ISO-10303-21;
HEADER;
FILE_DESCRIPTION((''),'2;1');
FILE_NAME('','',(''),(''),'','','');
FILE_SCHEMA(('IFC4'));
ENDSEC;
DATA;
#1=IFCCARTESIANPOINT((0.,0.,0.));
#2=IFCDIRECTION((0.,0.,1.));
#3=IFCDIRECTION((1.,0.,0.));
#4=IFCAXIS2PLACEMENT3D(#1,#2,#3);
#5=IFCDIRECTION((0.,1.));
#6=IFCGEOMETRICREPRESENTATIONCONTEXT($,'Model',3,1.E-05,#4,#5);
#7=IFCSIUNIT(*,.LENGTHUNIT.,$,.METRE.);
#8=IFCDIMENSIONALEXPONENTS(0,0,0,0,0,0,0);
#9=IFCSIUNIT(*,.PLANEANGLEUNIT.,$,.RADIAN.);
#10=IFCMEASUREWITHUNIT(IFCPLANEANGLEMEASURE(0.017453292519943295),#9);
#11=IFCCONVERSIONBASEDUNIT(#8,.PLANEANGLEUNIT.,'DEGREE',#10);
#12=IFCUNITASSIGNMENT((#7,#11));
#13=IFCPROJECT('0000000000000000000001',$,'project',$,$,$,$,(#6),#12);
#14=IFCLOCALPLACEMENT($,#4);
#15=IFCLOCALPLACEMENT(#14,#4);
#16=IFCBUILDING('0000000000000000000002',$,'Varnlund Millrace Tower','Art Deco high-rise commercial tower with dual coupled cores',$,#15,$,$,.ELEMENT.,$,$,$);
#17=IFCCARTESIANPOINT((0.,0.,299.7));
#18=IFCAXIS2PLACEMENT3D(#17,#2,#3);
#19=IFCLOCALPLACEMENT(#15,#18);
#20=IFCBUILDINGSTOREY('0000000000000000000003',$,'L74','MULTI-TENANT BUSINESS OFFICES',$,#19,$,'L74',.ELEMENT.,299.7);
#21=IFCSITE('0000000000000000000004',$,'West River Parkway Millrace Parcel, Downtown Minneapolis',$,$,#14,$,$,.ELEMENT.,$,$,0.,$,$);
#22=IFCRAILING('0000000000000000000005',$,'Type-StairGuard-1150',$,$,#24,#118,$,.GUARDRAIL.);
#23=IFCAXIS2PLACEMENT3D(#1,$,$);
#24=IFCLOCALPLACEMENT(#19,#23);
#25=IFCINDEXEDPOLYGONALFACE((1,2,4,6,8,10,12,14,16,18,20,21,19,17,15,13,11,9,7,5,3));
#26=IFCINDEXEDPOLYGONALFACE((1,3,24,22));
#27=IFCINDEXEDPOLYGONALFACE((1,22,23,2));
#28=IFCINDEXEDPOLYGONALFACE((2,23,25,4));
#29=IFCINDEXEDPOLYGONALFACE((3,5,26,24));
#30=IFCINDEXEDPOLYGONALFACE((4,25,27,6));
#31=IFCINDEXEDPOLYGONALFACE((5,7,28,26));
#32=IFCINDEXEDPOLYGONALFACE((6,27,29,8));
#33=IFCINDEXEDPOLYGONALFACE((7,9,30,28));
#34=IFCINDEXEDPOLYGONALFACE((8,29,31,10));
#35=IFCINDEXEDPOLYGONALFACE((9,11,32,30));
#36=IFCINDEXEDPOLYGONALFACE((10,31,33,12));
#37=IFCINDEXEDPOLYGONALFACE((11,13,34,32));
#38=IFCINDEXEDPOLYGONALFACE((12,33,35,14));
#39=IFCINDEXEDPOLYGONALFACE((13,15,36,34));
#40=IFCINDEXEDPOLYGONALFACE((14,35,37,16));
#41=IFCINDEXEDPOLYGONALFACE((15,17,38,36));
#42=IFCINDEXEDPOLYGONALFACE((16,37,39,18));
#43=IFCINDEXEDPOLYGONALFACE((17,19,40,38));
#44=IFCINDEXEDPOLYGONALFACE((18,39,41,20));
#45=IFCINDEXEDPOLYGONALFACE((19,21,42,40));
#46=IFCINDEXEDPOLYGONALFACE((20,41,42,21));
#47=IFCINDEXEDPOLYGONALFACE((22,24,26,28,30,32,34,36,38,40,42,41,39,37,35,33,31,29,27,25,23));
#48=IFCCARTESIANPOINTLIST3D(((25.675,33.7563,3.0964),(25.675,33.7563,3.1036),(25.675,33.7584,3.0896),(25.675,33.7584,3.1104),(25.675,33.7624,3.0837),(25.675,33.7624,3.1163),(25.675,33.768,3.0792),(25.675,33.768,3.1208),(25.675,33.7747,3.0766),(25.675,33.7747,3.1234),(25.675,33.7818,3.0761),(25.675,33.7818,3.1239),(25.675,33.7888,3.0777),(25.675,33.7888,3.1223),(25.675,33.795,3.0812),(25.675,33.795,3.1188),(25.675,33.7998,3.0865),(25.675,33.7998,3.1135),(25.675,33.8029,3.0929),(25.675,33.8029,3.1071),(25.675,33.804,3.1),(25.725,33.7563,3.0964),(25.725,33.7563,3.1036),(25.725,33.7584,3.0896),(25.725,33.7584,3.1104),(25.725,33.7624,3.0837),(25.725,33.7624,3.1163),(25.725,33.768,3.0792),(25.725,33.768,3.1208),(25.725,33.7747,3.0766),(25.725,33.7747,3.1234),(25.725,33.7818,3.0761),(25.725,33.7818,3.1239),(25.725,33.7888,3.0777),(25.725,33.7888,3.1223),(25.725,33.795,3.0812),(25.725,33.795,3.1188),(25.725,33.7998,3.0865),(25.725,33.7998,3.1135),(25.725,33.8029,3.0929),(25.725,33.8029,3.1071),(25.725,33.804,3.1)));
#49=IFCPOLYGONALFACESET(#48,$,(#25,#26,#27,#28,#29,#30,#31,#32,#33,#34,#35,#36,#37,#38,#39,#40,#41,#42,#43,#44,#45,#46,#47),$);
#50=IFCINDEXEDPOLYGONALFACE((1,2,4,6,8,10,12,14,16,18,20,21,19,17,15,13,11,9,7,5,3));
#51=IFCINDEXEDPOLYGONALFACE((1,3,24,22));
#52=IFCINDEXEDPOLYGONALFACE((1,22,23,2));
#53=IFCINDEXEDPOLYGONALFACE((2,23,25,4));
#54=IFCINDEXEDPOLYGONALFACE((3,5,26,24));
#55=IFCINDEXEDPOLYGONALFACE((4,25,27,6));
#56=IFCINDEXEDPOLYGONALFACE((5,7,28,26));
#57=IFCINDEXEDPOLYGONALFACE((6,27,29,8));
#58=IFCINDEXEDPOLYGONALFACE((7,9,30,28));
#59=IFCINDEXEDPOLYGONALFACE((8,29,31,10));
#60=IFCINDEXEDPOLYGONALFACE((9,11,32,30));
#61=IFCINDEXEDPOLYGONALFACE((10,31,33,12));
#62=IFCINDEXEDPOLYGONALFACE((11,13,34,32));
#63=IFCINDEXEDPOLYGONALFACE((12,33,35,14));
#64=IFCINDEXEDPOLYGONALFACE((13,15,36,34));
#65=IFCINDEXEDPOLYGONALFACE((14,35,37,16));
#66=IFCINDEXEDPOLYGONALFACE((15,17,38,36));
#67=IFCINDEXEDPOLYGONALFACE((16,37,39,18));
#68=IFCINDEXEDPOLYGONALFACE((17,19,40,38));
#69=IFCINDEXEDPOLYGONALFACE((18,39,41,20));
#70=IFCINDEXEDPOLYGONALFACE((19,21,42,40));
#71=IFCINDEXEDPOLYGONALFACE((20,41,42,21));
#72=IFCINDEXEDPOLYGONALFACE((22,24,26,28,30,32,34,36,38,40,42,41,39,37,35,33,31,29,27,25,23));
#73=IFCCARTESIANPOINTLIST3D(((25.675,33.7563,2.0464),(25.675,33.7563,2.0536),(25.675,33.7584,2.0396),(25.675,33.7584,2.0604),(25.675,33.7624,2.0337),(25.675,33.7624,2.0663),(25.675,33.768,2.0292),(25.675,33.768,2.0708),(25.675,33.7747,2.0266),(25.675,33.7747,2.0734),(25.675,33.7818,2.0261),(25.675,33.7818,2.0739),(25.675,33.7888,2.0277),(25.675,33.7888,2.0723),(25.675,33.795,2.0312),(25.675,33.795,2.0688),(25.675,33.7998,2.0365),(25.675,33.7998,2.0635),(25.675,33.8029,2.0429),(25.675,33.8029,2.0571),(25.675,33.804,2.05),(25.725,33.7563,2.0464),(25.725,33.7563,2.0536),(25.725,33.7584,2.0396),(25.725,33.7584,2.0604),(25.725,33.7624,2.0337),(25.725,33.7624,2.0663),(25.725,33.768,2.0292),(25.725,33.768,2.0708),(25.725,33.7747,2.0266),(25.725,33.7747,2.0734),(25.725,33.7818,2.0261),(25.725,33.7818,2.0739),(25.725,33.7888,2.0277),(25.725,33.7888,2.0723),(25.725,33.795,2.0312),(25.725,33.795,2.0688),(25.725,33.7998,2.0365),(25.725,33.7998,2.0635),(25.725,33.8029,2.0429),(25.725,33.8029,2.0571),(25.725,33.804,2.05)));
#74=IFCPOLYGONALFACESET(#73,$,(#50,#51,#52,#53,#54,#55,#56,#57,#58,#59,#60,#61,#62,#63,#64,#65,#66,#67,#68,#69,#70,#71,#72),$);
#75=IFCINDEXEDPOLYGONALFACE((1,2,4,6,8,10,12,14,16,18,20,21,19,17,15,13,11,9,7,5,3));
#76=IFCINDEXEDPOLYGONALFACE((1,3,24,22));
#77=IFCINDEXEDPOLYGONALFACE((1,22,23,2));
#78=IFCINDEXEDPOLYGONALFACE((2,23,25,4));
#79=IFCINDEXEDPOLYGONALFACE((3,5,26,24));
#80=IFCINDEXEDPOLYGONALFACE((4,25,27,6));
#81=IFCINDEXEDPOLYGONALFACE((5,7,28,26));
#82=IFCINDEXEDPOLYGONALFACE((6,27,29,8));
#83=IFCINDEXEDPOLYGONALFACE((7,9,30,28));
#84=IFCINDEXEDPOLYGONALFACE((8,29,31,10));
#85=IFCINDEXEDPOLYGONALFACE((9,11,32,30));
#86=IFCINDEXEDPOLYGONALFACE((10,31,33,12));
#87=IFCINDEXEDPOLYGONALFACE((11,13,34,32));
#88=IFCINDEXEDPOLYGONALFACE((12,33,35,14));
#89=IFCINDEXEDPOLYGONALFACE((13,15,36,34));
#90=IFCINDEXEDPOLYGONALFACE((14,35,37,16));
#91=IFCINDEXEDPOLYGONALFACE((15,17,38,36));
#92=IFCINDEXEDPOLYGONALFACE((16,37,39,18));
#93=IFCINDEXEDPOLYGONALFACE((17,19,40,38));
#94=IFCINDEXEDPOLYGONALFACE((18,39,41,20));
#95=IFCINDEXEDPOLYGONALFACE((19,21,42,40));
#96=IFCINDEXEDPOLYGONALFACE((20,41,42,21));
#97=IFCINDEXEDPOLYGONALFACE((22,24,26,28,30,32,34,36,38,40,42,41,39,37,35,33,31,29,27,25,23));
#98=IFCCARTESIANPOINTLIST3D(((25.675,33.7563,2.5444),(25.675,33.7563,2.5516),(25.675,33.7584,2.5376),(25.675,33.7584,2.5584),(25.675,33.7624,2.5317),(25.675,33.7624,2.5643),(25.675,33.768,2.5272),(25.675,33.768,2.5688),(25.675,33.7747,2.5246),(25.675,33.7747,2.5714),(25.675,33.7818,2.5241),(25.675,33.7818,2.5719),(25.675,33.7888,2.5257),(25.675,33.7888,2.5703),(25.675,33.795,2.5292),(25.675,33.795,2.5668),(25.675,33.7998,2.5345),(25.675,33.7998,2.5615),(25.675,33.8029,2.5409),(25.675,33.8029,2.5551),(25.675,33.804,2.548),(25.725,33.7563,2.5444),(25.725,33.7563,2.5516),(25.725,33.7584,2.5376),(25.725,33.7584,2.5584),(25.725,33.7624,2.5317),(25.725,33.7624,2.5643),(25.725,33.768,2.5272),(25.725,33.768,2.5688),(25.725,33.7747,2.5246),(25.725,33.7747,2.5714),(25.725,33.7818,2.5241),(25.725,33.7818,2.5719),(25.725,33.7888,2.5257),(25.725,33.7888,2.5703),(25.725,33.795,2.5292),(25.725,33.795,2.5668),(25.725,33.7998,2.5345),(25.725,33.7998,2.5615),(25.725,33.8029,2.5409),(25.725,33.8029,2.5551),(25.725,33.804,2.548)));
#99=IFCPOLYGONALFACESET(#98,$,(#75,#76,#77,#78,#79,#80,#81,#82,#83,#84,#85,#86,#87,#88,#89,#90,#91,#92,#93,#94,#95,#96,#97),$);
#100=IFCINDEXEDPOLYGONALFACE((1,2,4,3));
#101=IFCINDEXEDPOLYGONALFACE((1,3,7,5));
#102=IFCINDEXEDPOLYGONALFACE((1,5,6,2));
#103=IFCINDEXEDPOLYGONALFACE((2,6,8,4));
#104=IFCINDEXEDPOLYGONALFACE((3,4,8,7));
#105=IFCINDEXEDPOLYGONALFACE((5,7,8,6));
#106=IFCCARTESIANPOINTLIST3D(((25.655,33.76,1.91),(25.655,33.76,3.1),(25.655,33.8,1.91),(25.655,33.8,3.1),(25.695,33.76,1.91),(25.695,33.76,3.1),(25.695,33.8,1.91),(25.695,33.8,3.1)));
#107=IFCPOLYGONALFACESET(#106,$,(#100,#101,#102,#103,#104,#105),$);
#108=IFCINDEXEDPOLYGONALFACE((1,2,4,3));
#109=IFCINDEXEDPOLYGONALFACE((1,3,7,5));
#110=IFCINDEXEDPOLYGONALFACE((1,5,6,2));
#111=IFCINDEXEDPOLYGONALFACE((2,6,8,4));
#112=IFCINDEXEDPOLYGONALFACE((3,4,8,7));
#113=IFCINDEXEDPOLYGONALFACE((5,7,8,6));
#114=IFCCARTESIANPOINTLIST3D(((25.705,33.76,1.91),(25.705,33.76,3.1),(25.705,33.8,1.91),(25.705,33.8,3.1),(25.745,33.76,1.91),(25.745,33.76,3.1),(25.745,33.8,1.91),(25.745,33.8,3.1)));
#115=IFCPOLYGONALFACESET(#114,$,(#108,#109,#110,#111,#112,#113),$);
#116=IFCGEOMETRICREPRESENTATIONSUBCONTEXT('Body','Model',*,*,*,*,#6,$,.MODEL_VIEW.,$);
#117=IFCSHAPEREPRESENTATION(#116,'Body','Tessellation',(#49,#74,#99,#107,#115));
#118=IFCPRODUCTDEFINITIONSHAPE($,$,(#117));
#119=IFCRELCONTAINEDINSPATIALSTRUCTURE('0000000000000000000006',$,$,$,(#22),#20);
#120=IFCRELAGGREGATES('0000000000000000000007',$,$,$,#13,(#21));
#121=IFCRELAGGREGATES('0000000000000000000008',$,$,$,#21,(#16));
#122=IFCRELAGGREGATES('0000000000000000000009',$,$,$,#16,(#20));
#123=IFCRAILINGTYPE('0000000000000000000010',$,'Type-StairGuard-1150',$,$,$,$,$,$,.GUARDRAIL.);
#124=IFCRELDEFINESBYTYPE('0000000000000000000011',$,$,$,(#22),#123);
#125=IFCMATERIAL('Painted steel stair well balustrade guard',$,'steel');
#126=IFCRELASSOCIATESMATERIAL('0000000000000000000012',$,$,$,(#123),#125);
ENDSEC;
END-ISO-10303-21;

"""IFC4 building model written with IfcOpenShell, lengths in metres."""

from ifc_helpers import new_model, entity, si_unit, converted_unit, direction, frame, origin_with_axes, origin_2d_with_axis, place, context, subcontext, project, spatial, rectangle, circle, extrude, material, type_object, element, save


model = new_model("IFC4")

# Units and contexts
model_context = context("Model", 3, precision=1e-05, world=origin_with_axes(), true_north=direction((0.0, 1.0)))
body_context = subcontext(model_context, "Body", "Model", "MODEL_VIEW")
ifc_project = project(units=[si_unit("LENGTHUNIT", "METRE"), converted_unit("PLANEANGLEUNIT", "DEGREE", entity("IfcPlaneAngleMeasure", 0.017453292519943295), si_unit("PLANEANGLEUNIT", "RADIAN"), dimensions=[0, 0, 0, 0, 0, 0, 0])], contexts=[model_context])

# Site, building, storey
site_placement = place(None, origin_with_axes())
site = spatial("IfcSite", under=ifc_project, at=site_placement, Name="West River Parkway Millrace Parcel, Downtown Minneapolis", CompositionType="ELEMENT", RefElevation=0.0)
building_placement = place(site_placement, origin_with_axes())
building = spatial("IfcBuilding", under=site, at=building_placement, Name="Varnlund Millrace Tower", Description="Art Deco high-rise commercial tower with dual coupled cores", CompositionType="ELEMENT")
storey_placement = place(building_placement, frame((0.0, 0.0, 299.7), z_axis=(0.0, 0.0, 1.0), x_axis=(1.0, 0.0, 0.0)))
storey = spatial("IfcBuildingStorey", under=building, at=storey_placement, Name="L74", Description="MULTI-TENANT BUSINESS OFFICES", LongName="L74", CompositionType="ELEMENT", Elevation=299.7)

# Railing
ifc_material_1 = material(Name="Painted steel stair well balustrade guard", Category="steel")
railing_type_1 = type_object("IfcRailingType", Name="Type-StairGuard-1150", PredefinedType="GUARDRAIL", material=ifc_material_1)
railing_1_placement = place(storey_placement, frame((0.0, 0.0, -299.7), z_axis=(0.0, 0.0, 1.0), x_axis=(1.0, 0.0, 0.0)))
element("IfcRailing", 1, at=railing_1_placement, inside=storey, type_object=railing_type_1, Name="Type-StairGuard-1150", PredefinedType="GUARDRAIL", context=body_context, shape_type="SweptSolid", body=[
    extrude(circle(Radius=0.024, at=origin_2d_with_axis()), frame((25.675, 33.78, 302.8), z_axis=(1.0, 0.0, 0.0), x_axis=(0.0, 1.0, 0.0)), (0.0, 0.0, 1.0), 0.05),
    extrude(circle(Radius=0.024, at=origin_2d_with_axis()), frame((25.675, 33.78, 301.75), z_axis=(1.0, 0.0, 0.0), x_axis=(0.0, 1.0, 0.0)), (0.0, 0.0, 1.0), 0.05),
    extrude(circle(Radius=0.024, at=origin_2d_with_axis()), frame((25.675, 33.78, 302.248), z_axis=(1.0, 0.0, 0.0), x_axis=(0.0, 1.0, 0.0)), (0.0, 0.0, 1.0), 0.05),
    extrude(rectangle(XDim=0.04, YDim=0.04, at=origin_2d_with_axis()), frame((25.675, 33.78, 301.61), z_axis=(0.0, 0.0, 1.0), x_axis=(1.0, 0.0, 0.0)), (0.0, 0.0, 1.0), 1.19),
    extrude(rectangle(XDim=0.04, YDim=0.04, at=origin_2d_with_axis()), frame((25.725, 33.78, 301.61), z_axis=(0.0, 0.0, 1.0), x_axis=(1.0, 0.0, 0.0)), (0.0, 0.0, 1.0), 1.19),
])

save(model, "model.ifc")
